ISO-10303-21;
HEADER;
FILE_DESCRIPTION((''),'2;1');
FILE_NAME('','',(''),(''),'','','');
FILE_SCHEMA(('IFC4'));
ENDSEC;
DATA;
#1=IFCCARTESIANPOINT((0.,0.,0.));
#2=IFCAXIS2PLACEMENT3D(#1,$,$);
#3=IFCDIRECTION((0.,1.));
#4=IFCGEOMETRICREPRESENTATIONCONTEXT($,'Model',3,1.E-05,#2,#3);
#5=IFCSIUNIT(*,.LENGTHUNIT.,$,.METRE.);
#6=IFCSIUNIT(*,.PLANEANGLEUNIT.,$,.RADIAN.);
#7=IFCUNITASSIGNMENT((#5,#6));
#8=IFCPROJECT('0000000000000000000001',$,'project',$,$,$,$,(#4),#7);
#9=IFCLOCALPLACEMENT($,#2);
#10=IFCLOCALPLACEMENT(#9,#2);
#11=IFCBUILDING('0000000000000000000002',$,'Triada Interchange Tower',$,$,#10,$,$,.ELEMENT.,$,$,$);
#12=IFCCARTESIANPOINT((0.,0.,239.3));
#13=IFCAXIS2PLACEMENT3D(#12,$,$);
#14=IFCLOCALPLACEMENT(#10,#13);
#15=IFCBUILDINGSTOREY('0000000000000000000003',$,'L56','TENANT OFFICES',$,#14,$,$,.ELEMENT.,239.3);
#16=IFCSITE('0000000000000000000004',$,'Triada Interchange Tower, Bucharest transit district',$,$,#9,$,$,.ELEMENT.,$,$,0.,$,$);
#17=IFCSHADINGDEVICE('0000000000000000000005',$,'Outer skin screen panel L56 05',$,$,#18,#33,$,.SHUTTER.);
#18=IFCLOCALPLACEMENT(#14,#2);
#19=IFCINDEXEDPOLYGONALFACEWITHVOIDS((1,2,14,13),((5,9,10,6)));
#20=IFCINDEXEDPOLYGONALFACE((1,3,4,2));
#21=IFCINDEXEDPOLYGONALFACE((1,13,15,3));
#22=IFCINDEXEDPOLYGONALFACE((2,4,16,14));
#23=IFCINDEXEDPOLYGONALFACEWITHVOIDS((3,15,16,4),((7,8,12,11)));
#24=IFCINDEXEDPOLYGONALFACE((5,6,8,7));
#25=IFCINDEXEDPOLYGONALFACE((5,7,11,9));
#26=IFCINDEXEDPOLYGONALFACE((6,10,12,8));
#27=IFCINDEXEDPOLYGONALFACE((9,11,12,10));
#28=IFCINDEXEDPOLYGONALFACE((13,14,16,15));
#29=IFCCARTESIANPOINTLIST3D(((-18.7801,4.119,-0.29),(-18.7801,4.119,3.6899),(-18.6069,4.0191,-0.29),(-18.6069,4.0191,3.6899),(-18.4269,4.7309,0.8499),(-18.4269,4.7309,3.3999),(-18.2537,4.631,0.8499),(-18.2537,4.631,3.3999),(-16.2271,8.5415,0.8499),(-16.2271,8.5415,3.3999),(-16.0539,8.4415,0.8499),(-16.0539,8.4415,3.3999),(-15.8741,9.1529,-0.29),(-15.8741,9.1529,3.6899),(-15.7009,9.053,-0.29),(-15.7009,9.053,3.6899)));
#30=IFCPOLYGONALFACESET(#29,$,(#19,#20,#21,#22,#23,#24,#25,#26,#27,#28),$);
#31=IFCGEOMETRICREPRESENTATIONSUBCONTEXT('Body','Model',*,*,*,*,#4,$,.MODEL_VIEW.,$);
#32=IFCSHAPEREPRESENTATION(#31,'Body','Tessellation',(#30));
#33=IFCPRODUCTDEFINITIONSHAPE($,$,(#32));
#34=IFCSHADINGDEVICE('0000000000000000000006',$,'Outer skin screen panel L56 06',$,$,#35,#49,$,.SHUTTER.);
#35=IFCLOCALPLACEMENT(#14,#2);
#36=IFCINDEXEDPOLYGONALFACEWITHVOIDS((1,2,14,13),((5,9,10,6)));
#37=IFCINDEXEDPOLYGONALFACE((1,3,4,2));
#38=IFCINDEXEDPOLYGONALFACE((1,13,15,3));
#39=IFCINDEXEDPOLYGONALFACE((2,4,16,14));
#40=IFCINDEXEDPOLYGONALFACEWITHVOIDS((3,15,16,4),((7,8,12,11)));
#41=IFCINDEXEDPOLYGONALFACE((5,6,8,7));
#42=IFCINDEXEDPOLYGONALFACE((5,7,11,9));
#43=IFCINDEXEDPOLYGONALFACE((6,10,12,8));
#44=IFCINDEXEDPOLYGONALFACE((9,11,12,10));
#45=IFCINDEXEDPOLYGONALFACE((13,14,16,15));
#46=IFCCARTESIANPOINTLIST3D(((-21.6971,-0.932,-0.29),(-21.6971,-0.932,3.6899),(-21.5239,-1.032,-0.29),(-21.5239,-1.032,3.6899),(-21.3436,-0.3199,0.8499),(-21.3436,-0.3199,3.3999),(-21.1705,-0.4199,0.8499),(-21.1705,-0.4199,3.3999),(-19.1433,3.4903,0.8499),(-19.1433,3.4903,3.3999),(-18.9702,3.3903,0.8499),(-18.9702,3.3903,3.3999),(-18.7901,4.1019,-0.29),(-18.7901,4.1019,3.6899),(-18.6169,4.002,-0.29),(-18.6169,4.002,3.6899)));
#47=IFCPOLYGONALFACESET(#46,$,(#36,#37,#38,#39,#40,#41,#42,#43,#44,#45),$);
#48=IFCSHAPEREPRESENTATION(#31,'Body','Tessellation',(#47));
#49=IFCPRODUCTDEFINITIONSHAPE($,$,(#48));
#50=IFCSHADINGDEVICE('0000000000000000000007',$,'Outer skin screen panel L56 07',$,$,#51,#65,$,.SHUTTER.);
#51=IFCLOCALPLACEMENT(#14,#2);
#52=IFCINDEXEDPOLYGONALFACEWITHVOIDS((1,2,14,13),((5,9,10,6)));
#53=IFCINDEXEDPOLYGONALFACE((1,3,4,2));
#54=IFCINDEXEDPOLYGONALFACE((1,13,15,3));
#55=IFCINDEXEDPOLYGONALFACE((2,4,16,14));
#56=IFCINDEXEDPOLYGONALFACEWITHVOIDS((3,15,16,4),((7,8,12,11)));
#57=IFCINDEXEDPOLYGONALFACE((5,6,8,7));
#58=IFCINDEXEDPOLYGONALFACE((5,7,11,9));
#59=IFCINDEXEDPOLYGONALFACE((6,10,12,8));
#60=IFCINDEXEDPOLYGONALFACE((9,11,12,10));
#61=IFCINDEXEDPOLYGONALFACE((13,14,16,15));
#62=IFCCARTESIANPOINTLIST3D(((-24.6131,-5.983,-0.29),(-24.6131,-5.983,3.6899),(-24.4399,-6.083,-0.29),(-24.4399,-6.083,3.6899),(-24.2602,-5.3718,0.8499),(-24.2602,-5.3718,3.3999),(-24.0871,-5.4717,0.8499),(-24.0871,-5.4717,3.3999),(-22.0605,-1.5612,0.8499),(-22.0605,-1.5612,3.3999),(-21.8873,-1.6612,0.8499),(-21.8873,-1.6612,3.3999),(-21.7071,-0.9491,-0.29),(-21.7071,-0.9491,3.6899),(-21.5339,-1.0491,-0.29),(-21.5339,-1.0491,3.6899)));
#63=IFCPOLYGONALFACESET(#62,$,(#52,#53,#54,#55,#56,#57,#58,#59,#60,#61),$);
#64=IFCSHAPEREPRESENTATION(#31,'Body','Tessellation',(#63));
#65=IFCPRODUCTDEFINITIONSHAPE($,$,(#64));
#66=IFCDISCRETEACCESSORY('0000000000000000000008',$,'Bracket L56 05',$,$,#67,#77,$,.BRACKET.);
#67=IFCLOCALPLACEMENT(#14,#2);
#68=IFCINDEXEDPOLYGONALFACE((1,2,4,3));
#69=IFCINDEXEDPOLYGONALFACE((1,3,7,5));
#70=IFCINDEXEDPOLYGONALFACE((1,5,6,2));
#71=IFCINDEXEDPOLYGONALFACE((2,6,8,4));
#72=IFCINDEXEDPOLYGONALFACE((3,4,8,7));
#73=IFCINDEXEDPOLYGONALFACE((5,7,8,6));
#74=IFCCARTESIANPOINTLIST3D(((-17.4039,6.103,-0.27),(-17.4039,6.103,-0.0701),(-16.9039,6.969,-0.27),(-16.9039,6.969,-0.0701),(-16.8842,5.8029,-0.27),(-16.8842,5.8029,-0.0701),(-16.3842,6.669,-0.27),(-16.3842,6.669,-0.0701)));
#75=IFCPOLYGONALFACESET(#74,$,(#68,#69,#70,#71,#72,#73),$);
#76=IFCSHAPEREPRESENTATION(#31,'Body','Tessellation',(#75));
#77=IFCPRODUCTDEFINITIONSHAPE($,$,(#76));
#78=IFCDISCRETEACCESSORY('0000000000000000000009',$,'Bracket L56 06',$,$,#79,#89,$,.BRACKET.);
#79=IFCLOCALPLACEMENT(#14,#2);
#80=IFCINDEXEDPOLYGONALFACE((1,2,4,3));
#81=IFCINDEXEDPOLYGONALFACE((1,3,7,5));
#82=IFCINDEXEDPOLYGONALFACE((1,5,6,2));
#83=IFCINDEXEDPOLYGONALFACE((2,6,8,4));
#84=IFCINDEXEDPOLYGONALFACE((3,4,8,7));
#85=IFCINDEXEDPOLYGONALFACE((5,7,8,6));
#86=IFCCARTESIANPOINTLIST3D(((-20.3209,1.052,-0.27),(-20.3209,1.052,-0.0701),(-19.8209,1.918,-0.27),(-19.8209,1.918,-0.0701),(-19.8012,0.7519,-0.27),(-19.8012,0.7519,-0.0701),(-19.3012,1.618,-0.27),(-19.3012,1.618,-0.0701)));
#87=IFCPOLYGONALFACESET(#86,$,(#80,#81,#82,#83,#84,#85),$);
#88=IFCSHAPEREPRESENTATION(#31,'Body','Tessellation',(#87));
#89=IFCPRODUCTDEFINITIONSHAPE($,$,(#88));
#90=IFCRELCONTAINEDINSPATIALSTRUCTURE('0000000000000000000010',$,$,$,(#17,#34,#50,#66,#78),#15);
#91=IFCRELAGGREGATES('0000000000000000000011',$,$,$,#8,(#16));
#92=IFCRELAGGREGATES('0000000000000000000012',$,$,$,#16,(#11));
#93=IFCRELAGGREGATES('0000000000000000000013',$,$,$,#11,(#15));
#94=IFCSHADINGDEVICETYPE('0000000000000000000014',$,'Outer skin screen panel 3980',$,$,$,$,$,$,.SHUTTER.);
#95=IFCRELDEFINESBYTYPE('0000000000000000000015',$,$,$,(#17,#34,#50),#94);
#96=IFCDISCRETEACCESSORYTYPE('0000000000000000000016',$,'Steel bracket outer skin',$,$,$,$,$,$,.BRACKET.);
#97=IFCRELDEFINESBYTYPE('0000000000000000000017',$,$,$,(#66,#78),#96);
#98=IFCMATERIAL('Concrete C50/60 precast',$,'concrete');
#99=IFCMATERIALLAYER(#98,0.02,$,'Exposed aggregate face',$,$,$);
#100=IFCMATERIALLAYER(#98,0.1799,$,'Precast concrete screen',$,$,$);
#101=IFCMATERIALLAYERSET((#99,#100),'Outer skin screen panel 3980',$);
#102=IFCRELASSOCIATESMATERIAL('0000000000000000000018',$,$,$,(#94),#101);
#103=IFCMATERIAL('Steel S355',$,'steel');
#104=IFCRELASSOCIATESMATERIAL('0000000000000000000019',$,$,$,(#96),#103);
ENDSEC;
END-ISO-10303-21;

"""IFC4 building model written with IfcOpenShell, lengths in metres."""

from ifc_helpers import new_model, si_unit, direction, frame, origin, origin_2d, place, context, subcontext, project, spatial, polyline, rectangle, outline, extrude, material, layer, layer_set, type_object, element, save


model = new_model("IFC4")

# Units and contexts
model_context = context("Model", 3, precision=1e-05, world=origin(), true_north=direction((0.0, 1.0)))
body_context = subcontext(model_context, "Body", "Model", "MODEL_VIEW")
ifc_project = project(units=[si_unit("LENGTHUNIT", "METRE"), si_unit("PLANEANGLEUNIT", "RADIAN")], contexts=[model_context])

# Site, building, storey
site_placement = place(None, origin())
site = spatial("IfcSite", under=ifc_project, at=site_placement, Name="Triada Interchange Tower, Bucharest transit district", CompositionType="ELEMENT", RefElevation=0.0)
building_placement = place(site_placement, origin())
building = spatial("IfcBuilding", under=site, at=building_placement, Name="Triada Interchange Tower", CompositionType="ELEMENT")
storey_placement = place(building_placement, frame((0.0, 0.0, 239.3)))
storey = spatial("IfcBuildingStorey", under=building, at=storey_placement, Name="L56", Description="TENANT OFFICES", CompositionType="ELEMENT", Elevation=239.3)

# Shading devices
ifc_material_1 = material(Name="Concrete C50/60 precast", Category="concrete")
ifc_layer_1 = layer(ifc_material_1, 0.02, Name="Exposed aggregate face")
ifc_layer_2 = layer(ifc_material_1, 0.1799, Name="Precast concrete screen")
ifc_layer_set_1 = layer_set([ifc_layer_1, ifc_layer_2], Name="Outer skin screen panel 3980")
shading_device_type = type_object("IfcShadingDeviceType", Name="Outer skin screen panel 3980", PredefinedType="SHUTTER", material=ifc_layer_set_1)
shading_device_1_placement = place(storey_placement, frame((-15.7009, 9.053, -0.29), z_axis=(0.0, 0.0, 1.0), x_axis=(-0.499956, -0.866051, 0.0)))
element("IfcShadingDevice", 1, at=shading_device_1_placement, inside=storey, type_object=shading_device_type, Name="Outer skin screen panel L56 05", PredefinedType="SHUTTER", context=body_context, shape_type="SweptSolid", body=[
    extrude(outline(polyline([(0.0, 0.0), (5.8125, 0.0), (5.8125, 3.98), (0.0, 3.98), (0.0, 0.0)]), holes=[polyline([(0.7061, 1.1399), (0.7061, 3.6899), (5.106, 3.6899), (5.106, 1.1399), (0.7061, 1.1399)])]), frame((0.0, 0.0, 0.0), z_axis=(0.0, -1.0, 0.0), x_axis=(1.0, 0.0, 0.0)), (0.0, 0.0, 1.0), 0.2),
])
shading_device_2_placement = place(storey_placement, frame((-18.6169, 4.002, -0.29), z_axis=(0.0, 0.0, 1.0), x_axis=(-0.500082, -0.865978, 0.0)))
element("IfcShadingDevice", 2, at=shading_device_2_placement, inside=storey, type_object=shading_device_type, Name="Outer skin screen panel L56 06", PredefinedType="SHUTTER", context=body_context, shape_type="SweptSolid", body=[
    extrude(outline(polyline([(0.0, 0.0), (5.813, 0.0), (5.813, 3.98), (0.0, 3.98), (0.0, 0.0)]), holes=[polyline([(0.7063, 1.1399), (0.7063, 3.6899), (5.1062, 3.6899), (5.1062, 1.1399), (0.7063, 1.1399)])]), frame((0.0, 0.0, 0.0), z_axis=(0.0, -1.0, 0.0), x_axis=(1.0, 0.0, 0.0)), (0.0, 0.0, 1.0), 0.2),
])
shading_device_3_placement = place(storey_placement, frame((-21.5339, -1.0491, -0.29), z_axis=(0.0, 0.0, 1.0), x_axis=(-0.499956, -0.866051, 0.0)))
element("IfcShadingDevice", 3, at=shading_device_3_placement, inside=storey, type_object=shading_device_type, Name="Outer skin screen panel L56 07", PredefinedType="SHUTTER", context=body_context, shape_type="SweptSolid", body=[
    extrude(outline(polyline([(0.0, 0.0), (5.8125, 0.0), (5.8125, 3.98), (0.0, 3.98), (0.0, 0.0)]), holes=[polyline([(0.7068, 1.1399), (0.7068, 3.6899), (5.1067, 3.6899), (5.1067, 1.1399), (0.7068, 1.1399)])]), frame((0.0, 0.0, 0.0), z_axis=(0.0, -1.0, 0.0), x_axis=(1.0, 0.0, 0.0)), (0.0, 0.0, 1.0), 0.2),
])

# Discrete accessories
ifc_material_2 = material(Name="Steel S355", Category="steel")
discrete_accessory_type = type_object("IfcDiscreteAccessoryType", Name="Steel bracket outer skin", PredefinedType="BRACKET", material=ifc_material_2)
for number, where, z_axis, x_axis, name in (
    (4, (-16.894, 6.386, -0.27), (0.0, 0.0, 1.0), (-0.86603, 0.499991, 0.0), "Bracket L56 05"),
    (5, (-19.811, 1.335, -0.27), (0.0, 0.0, 1.0), (-0.86603, 0.499991, 0.0), "Bracket L56 06"),
):
    element("IfcDiscreteAccessory", number, at=place(storey_placement, frame(where, z_axis=z_axis, x_axis=x_axis)), inside=storey, type_object=discrete_accessory_type, Name=name, PredefinedType="BRACKET", context=body_context, shape_type="SweptSolid", body=[
        extrude(rectangle(XDim=0.6001, YDim=1.0, at=origin_2d()), origin(), (0.0, 0.0, 1.0), 0.2),
    ])

save(model, "model.ifc")
